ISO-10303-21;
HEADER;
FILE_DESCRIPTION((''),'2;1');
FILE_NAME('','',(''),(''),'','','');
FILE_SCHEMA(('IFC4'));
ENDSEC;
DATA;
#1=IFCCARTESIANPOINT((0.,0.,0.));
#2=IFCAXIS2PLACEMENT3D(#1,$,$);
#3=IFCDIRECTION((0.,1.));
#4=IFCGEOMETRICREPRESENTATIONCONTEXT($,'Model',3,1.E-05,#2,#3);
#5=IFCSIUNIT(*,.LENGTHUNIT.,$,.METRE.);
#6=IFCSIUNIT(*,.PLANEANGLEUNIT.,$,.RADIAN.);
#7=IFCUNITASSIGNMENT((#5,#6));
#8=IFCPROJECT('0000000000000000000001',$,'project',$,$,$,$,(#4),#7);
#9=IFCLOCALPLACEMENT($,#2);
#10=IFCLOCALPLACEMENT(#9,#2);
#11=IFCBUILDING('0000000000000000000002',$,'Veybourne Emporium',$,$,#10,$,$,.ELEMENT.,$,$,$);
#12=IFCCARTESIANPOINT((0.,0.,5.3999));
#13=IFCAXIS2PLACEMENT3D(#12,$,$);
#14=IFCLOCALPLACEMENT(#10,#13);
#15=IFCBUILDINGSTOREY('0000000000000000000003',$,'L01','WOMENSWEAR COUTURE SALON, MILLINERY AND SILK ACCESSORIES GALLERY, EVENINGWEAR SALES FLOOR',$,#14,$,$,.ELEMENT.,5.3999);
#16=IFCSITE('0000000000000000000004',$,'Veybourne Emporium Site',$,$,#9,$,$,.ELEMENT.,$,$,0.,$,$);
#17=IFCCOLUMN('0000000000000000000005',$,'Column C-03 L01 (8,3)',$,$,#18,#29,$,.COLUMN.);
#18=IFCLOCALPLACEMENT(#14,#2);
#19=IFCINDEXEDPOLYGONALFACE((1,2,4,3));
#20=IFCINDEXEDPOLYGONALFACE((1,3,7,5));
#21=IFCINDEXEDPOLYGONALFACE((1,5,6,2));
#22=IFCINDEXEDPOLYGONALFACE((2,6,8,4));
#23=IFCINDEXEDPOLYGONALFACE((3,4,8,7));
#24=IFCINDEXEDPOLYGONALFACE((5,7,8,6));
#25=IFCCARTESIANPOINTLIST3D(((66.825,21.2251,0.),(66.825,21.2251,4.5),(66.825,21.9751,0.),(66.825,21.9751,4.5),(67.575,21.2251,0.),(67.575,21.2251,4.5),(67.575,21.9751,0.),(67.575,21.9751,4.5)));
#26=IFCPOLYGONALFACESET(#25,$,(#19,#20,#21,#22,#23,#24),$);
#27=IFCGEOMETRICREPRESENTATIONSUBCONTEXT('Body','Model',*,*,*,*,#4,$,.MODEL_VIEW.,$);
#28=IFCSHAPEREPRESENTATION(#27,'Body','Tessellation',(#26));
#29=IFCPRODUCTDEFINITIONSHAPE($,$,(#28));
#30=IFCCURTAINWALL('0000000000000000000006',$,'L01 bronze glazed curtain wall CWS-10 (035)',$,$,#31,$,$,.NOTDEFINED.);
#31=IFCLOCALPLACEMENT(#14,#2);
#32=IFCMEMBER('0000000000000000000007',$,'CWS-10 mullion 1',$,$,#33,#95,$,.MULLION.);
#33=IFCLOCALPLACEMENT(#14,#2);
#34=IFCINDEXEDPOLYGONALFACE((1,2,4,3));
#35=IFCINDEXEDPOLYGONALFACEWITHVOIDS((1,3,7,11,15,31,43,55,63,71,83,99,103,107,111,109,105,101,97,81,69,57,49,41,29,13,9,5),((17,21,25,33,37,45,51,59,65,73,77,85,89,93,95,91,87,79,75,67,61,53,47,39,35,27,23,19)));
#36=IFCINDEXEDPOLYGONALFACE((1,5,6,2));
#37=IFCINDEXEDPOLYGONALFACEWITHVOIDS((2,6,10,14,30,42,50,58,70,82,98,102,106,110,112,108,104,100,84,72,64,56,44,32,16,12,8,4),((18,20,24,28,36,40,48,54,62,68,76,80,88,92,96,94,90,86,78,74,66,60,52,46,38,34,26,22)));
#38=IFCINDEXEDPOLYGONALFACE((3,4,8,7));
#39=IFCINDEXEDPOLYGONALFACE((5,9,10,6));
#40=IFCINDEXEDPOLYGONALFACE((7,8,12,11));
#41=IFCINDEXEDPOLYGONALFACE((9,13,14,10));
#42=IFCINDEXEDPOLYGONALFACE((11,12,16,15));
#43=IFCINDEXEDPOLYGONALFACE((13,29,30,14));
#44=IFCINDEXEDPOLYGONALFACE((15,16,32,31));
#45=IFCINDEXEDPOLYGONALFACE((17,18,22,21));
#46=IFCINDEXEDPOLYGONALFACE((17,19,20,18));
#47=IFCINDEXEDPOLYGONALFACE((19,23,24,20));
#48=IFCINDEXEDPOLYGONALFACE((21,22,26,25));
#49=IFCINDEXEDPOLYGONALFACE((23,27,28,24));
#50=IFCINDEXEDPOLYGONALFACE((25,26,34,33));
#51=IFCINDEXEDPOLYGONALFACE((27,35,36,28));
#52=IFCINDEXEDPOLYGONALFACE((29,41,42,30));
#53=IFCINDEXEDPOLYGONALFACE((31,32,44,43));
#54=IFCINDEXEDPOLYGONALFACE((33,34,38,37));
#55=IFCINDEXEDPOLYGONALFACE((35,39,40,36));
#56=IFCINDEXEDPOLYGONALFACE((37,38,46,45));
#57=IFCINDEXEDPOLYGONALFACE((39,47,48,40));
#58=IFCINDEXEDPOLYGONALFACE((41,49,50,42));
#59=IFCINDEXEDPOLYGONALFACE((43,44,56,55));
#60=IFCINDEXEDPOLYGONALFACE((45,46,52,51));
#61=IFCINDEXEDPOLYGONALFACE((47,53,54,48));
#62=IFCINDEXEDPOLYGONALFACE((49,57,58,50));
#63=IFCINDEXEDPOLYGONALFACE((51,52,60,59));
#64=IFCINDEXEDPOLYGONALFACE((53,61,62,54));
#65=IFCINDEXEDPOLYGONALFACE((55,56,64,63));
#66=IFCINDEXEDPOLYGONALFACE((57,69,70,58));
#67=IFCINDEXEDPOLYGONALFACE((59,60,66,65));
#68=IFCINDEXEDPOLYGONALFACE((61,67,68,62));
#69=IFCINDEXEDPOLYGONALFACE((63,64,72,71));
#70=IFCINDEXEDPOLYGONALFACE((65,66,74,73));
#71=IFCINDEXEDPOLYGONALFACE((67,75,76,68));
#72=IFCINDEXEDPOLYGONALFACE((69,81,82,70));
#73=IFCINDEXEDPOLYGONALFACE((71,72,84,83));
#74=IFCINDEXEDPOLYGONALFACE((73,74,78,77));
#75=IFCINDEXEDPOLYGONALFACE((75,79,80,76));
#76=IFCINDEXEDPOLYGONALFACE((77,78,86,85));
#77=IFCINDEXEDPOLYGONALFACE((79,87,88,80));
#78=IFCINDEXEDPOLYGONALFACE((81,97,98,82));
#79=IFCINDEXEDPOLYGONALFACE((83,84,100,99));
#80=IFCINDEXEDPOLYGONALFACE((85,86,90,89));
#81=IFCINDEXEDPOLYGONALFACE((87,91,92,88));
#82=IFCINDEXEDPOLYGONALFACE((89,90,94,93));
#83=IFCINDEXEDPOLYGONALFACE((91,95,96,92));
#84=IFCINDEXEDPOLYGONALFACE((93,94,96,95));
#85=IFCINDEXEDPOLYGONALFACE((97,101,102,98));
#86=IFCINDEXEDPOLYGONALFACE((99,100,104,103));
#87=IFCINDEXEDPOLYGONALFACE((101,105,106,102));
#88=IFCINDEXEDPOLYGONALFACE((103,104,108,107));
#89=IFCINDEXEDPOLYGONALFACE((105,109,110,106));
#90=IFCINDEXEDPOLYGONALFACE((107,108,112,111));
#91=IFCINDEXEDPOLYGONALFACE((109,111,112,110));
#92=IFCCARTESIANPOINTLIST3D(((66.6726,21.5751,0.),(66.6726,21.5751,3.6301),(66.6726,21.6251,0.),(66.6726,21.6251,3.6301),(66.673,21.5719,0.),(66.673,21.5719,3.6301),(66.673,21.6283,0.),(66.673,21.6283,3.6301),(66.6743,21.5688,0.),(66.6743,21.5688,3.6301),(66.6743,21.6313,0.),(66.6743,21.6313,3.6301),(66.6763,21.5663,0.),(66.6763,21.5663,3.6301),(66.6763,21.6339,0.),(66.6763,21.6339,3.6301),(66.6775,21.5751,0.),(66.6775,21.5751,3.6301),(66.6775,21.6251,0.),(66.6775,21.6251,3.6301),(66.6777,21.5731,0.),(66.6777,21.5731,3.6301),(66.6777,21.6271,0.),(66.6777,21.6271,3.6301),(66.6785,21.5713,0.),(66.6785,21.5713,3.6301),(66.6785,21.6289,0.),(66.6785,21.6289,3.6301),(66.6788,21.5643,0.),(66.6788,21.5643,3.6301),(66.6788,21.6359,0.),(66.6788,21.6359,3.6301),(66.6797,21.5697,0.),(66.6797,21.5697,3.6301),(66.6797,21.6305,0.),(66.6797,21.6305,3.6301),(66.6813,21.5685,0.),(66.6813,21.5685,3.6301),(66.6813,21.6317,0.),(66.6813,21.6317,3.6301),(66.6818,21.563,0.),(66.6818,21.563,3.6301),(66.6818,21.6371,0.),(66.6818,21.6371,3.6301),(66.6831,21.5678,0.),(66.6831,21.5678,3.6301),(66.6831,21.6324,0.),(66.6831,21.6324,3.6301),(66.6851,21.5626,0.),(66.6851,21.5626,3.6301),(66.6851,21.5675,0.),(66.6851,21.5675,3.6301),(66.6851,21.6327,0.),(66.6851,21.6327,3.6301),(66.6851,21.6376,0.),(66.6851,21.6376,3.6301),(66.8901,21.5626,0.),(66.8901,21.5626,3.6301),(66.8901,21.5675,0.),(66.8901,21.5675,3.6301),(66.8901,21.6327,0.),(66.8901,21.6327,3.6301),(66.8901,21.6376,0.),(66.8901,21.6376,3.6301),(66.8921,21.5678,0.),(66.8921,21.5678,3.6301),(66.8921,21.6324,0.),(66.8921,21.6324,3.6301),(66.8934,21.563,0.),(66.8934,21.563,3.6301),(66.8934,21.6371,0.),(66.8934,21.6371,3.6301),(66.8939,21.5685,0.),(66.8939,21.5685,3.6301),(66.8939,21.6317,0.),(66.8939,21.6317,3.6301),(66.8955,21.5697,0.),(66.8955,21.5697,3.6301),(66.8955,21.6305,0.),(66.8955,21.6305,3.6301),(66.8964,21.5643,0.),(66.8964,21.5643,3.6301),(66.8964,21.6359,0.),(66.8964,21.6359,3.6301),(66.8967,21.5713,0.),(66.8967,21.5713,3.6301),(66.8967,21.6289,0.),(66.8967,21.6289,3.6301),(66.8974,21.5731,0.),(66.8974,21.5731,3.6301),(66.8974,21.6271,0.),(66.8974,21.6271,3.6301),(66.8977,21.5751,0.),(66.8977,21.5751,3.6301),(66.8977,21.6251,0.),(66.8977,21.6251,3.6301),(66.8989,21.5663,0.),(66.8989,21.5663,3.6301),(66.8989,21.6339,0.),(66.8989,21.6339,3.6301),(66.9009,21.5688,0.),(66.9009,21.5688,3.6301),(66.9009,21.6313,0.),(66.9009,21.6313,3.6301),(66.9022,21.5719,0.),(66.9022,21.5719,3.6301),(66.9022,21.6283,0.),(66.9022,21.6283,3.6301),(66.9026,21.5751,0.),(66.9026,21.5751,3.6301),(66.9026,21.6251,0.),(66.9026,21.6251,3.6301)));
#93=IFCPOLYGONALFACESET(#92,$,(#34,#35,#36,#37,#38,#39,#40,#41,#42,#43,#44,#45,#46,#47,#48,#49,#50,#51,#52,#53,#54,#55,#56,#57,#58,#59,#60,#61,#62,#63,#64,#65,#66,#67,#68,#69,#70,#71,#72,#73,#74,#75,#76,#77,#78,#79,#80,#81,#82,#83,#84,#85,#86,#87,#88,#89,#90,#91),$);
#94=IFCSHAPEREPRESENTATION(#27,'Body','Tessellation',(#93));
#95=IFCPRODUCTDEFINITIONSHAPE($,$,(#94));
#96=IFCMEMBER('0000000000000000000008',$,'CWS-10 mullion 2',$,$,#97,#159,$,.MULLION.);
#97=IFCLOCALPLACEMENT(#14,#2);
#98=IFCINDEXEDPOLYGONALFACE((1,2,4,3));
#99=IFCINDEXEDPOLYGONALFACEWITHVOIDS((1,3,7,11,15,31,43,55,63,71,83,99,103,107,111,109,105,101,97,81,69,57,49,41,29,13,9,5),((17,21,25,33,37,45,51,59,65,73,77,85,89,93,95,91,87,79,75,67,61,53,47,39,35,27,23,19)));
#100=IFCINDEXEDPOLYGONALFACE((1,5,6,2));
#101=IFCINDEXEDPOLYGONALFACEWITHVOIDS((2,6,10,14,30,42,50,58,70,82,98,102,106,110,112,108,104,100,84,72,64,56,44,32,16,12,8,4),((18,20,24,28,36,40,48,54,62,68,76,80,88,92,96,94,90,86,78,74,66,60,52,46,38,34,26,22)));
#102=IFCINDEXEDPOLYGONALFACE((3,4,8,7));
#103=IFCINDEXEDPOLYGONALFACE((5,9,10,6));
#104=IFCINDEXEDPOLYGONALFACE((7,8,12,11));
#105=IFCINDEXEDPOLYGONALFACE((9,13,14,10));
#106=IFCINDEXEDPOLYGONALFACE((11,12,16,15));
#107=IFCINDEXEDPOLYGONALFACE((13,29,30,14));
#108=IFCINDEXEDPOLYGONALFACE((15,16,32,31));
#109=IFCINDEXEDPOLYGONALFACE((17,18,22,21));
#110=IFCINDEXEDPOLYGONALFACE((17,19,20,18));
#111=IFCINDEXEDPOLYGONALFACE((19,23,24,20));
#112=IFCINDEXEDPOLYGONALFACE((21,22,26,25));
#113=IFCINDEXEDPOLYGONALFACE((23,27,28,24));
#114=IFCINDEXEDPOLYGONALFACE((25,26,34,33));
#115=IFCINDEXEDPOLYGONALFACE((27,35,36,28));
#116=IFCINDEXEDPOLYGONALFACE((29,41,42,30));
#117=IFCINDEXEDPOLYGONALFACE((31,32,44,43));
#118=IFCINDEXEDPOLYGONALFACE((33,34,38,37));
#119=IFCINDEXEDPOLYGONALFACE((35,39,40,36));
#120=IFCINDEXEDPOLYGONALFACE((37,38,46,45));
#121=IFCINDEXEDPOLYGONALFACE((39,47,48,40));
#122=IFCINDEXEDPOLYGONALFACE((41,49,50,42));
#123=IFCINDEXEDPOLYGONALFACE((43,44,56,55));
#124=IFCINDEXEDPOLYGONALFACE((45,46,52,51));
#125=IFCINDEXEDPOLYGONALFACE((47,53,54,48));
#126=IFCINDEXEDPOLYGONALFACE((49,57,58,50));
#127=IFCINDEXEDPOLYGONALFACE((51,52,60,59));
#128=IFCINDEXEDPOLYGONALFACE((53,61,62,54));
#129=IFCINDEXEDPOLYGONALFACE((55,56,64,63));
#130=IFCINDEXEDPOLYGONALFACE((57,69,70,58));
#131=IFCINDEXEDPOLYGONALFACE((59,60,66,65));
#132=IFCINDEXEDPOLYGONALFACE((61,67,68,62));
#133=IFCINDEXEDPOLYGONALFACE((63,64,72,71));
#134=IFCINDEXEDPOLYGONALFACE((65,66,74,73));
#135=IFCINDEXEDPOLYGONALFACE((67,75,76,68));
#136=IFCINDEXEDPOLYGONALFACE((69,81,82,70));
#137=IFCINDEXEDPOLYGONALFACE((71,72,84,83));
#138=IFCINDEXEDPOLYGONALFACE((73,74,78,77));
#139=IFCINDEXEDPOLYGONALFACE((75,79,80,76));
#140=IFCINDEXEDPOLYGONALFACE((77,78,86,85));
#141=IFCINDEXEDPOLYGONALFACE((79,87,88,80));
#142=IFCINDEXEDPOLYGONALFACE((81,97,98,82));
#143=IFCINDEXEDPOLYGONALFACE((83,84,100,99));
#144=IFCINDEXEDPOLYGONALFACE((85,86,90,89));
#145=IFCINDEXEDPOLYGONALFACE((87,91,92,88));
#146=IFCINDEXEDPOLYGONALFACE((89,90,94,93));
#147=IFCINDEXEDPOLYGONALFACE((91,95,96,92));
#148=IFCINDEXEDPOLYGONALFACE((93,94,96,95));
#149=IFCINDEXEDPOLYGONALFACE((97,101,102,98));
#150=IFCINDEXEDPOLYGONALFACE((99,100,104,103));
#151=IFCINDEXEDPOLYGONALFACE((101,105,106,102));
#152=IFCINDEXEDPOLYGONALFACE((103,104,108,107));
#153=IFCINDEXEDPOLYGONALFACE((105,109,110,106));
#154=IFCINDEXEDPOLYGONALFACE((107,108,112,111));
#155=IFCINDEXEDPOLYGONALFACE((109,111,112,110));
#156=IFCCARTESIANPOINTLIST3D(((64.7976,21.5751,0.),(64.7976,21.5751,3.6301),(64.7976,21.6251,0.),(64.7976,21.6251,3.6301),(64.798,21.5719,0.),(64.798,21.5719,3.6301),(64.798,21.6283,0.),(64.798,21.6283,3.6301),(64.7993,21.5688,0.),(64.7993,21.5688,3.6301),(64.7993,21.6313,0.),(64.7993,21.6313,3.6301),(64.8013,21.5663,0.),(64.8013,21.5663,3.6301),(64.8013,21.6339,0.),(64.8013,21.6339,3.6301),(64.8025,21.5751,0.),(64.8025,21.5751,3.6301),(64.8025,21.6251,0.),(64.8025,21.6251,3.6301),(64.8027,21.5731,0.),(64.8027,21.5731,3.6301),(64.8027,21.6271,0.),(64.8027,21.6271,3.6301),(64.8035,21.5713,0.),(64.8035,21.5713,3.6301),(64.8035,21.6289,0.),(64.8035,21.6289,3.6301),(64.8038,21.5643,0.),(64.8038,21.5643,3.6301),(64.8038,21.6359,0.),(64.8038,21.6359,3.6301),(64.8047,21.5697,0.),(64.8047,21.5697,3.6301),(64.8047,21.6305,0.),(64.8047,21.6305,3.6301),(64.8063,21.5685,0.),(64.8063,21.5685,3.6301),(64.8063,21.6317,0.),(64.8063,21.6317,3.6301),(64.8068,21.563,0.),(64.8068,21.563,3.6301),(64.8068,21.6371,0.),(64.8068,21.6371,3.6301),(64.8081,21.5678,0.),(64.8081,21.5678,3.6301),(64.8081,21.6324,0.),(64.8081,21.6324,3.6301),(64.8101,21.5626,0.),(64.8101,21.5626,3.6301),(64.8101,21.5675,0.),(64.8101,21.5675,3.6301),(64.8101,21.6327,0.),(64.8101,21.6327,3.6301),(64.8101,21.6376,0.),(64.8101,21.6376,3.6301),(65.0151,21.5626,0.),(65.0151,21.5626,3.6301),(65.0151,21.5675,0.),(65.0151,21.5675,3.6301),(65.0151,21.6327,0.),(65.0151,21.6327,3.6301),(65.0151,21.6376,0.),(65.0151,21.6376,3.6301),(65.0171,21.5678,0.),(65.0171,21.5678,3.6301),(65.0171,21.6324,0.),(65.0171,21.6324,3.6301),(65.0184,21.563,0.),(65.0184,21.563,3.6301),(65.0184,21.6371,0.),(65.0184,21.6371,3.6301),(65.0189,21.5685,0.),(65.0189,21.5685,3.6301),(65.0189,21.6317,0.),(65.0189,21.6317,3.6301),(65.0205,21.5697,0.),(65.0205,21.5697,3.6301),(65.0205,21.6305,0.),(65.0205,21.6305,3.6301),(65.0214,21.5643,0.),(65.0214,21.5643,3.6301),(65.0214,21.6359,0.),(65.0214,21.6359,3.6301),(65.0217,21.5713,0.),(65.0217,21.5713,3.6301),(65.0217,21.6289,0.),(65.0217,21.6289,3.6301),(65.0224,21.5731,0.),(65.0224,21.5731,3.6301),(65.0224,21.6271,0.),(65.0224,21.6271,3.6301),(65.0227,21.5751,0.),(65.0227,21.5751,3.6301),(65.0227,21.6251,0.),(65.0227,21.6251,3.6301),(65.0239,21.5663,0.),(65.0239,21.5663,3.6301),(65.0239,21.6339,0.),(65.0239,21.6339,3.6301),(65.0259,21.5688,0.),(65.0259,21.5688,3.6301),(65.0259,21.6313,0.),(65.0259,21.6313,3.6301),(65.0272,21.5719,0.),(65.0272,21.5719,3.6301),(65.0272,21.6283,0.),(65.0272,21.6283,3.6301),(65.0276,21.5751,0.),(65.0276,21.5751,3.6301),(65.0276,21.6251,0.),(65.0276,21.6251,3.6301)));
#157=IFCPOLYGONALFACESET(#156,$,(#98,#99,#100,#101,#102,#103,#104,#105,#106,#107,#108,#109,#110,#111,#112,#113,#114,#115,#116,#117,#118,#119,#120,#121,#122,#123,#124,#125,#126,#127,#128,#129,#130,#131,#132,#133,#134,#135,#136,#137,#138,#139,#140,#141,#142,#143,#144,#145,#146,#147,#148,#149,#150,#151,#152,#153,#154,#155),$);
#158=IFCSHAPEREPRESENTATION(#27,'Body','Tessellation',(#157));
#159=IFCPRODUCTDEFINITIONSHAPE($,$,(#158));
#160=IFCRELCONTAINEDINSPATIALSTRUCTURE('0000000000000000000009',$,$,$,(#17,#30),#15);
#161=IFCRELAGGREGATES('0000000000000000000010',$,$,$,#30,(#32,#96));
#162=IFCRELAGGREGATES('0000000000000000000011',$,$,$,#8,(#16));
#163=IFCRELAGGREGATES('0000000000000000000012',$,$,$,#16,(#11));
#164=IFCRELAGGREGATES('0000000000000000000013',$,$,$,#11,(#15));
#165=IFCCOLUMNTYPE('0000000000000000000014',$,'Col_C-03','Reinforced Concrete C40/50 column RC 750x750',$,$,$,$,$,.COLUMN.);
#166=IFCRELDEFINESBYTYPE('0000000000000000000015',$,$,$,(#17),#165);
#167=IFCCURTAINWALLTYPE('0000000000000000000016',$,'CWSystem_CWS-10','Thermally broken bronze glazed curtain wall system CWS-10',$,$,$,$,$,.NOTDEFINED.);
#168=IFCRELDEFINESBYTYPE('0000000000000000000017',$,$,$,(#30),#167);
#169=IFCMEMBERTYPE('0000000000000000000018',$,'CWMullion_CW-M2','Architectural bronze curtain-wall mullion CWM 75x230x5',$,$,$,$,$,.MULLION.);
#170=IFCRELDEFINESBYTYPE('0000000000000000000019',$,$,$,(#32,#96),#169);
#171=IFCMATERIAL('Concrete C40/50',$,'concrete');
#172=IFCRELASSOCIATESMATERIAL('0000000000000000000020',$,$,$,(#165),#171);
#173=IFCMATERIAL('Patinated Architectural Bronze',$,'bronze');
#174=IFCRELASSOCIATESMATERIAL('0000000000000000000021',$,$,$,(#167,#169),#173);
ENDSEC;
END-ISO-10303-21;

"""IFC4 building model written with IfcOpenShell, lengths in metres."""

from ifc_helpers import new_model, si_unit, direction, frame, origin, origin_2d, place, context, subcontext, project, spatial, rectangle, hollow_rectangle, extrude, material, material_profile, profile_set, type_object, element, aggregate, save


model = new_model("IFC4")

# Units and contexts
model_context = context("Model", 3, precision=1e-05, world=origin(), true_north=direction((0.0, 1.0)))
body_context = subcontext(model_context, "Body", "Model", "MODEL_VIEW")
ifc_project = project(units=[si_unit("LENGTHUNIT", "METRE"), si_unit("PLANEANGLEUNIT", "RADIAN")], contexts=[model_context])

# Site, building, storey
site_placement = place(None, origin())
site = spatial("IfcSite", under=ifc_project, at=site_placement, Name="Veybourne Emporium Site", CompositionType="ELEMENT", RefElevation=0.0)
building_placement = place(site_placement, origin())
building = spatial("IfcBuilding", under=site, at=building_placement, Name="Veybourne Emporium", CompositionType="ELEMENT")
storey_placement = place(building_placement, frame((0.0, 0.0, 5.3999)))
storey = spatial("IfcBuildingStorey", under=building, at=storey_placement, Name="L01", Description="WOMENSWEAR COUTURE SALON, MILLINERY AND SILK ACCESSORIES GALLERY, EVENINGWEAR SALES FLOOR", CompositionType="ELEMENT", Elevation=5.3999)

# Column
ifc_material_1 = material(Name="Concrete C40/50", Category="concrete")
ifc_material_profile_1 = material_profile(ifc_material_1, rectangle(XDim=0.75, YDim=0.75, at=origin_2d()), Name="RC 750x750")
ifc_profile_set_1 = profile_set([ifc_material_profile_1], Name="Concrete C40/50")
column_type = type_object("IfcColumnType", Name="Col_C-03", Description="Reinforced Concrete C40/50 column RC 750x750", PredefinedType="COLUMN", material=ifc_profile_set_1)
column_placement = place(storey_placement, frame((67.2, 21.6001, 0.0), z_axis=(0.0, 0.0, 1.0), x_axis=(1.0, 0.0, 0.0)))
element("IfcColumn", 1, at=column_placement, inside=storey, type_object=column_type, Name="Column C-03 L01 (8,3)", PredefinedType="COLUMN", context=body_context, shape_type="SweptSolid", body=[
    extrude(rectangle(XDim=0.75, YDim=0.75, at=origin_2d()), origin(), (0.0, 0.0, 1.0), 4.5),
])

# Curtain wall, members
ifc_material_2 = material(Name="Patinated Architectural Bronze", Category="bronze")
curtain_wall_type_1 = type_object("IfcCurtainWallType", Name="CWSystem_CWS-10", Description="Thermally broken bronze glazed curtain wall system CWS-10", PredefinedType="NOTDEFINED", material=ifc_material_2)
curtain_wall_1_placement = place(storey_placement, origin())
curtain_wall_1 = element("IfcCurtainWall", 2, at=curtain_wall_1_placement, inside=storey, type_object=curtain_wall_type_1, Name="L01 bronze glazed curtain wall CWS-10 (035)", PredefinedType="NOTDEFINED")
ifc_material_profile_2 = material_profile(ifc_material_2, hollow_rectangle(XDim=0.075, YDim=0.23, WallThickness=0.0049, InnerFilletRadius=0.0076, OuterFilletRadius=0.0125, at=origin_2d()), Name="CWM 75x230x5")
ifc_profile_set_2 = profile_set([ifc_material_profile_2], Name="Patinated Architectural Bronze")
member_type_1 = type_object("IfcMemberType", Name="CWMullion_CW-M2", Description="Architectural bronze curtain-wall mullion CWM 75x230x5", PredefinedType="MULLION", material=ifc_profile_set_2)
member_1_placement = place(storey_placement, frame((66.7876, 21.6001, 0.0), z_axis=(0.0, 0.0, 1.0), x_axis=(0.0, -1.0, 0.0)))
member_1 = element("IfcMember", 3, at=member_1_placement, type_object=member_type_1, Name="CWS-10 mullion 1", PredefinedType="MULLION", context=body_context, shape_type="SweptSolid", body=[
    extrude(hollow_rectangle(XDim=0.075, YDim=0.23, WallThickness=0.0049, InnerFilletRadius=0.0076, OuterFilletRadius=0.0125, at=origin_2d()), origin(), (0.0, 0.0, 1.0), 3.6301),
])
member_2_placement = place(storey_placement, frame((64.9126, 21.6001, 0.0), z_axis=(0.0, 0.0, 1.0), x_axis=(0.0, -1.0, 0.0)))
member_2 = element("IfcMember", 4, at=member_2_placement, type_object=member_type_1, Name="CWS-10 mullion 2", PredefinedType="MULLION", context=body_context, shape_type="SweptSolid", body=[
    extrude(hollow_rectangle(XDim=0.075, YDim=0.23, WallThickness=0.0049, InnerFilletRadius=0.0076, OuterFilletRadius=0.0125, at=origin_2d()), origin(), (0.0, 0.0, 1.0), 3.6301),
])

aggregate(curtain_wall_1, [member_1, member_2])

save(model, "model.ifc")
